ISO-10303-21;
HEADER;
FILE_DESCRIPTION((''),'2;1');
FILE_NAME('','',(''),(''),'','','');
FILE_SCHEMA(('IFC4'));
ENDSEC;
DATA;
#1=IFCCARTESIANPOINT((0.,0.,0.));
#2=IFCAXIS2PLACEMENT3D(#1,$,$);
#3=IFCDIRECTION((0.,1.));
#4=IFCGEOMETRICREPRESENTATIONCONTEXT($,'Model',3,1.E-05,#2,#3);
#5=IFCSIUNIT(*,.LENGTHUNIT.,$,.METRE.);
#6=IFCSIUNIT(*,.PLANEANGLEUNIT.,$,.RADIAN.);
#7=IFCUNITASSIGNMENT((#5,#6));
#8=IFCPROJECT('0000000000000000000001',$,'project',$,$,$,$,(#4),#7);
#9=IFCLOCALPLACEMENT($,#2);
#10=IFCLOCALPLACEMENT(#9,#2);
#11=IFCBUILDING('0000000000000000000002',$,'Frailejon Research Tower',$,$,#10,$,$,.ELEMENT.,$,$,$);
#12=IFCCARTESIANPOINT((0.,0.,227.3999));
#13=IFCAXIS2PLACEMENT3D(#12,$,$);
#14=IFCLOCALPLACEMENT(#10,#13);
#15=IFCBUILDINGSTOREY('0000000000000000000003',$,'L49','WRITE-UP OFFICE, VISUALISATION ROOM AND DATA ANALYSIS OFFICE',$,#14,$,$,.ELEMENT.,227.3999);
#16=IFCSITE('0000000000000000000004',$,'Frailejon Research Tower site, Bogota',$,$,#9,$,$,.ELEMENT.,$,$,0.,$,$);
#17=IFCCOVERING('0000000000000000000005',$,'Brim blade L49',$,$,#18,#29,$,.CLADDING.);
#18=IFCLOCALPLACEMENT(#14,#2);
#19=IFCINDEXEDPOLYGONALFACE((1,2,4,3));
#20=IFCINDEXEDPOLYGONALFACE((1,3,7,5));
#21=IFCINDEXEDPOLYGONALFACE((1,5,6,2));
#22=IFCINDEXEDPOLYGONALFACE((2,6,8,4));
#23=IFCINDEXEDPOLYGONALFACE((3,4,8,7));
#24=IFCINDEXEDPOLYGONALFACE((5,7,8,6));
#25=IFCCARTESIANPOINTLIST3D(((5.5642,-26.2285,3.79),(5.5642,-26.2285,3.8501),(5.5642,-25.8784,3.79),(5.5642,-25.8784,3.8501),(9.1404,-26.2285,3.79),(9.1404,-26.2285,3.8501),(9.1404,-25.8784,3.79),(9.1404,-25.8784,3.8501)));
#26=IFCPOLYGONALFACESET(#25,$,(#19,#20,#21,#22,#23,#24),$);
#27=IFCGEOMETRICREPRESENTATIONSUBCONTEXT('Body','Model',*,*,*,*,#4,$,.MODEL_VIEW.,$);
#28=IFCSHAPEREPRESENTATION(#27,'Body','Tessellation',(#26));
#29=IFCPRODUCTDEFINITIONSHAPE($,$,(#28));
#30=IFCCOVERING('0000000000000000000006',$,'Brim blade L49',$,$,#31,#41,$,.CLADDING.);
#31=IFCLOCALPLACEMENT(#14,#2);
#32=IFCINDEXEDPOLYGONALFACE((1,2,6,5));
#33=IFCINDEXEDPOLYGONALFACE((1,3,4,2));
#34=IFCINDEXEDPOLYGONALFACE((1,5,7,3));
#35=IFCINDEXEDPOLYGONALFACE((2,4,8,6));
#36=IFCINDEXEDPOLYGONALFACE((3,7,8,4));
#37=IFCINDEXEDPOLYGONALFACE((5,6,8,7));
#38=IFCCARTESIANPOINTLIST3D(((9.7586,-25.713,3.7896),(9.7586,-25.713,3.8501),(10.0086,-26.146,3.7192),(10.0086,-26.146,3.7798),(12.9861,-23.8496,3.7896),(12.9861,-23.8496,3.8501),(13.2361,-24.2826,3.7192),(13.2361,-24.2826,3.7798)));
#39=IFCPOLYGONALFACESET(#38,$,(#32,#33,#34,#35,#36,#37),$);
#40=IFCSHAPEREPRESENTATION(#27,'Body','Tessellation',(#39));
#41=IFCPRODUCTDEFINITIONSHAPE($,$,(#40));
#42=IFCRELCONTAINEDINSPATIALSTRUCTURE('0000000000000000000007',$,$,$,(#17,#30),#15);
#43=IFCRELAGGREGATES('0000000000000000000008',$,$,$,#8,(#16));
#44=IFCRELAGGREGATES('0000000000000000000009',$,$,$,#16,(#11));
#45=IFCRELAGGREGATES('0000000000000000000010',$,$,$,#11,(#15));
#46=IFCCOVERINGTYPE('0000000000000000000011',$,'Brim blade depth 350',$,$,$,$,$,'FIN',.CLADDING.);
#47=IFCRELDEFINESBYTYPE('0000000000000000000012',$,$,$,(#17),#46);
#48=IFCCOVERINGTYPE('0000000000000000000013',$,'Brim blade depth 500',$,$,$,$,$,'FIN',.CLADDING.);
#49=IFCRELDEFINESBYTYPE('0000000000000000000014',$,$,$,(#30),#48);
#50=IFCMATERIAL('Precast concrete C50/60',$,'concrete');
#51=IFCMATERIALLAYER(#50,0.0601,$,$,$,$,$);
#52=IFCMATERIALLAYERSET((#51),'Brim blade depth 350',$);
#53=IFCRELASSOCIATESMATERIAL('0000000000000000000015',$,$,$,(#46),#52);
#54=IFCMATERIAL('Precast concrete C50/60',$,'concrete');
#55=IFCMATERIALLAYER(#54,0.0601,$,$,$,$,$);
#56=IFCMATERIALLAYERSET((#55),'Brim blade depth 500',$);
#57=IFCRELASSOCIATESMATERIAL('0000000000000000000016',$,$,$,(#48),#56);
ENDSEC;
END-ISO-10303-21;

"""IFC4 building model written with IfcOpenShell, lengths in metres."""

from ifc_helpers import new_model, si_unit, direction, frame, origin, place, context, subcontext, project, spatial, polyline, outline, extrude, material, layer, layer_set, type_object, element, save


model = new_model("IFC4")

# Units and contexts
model_context = context("Model", 3, precision=1e-05, world=origin(), true_north=direction((0.0, 1.0)))
body_context = subcontext(model_context, "Body", "Model", "MODEL_VIEW")
ifc_project = project(units=[si_unit("LENGTHUNIT", "METRE"), si_unit("PLANEANGLEUNIT", "RADIAN")], contexts=[model_context])

# Site, building, storey
site_placement = place(None, origin())
site = spatial("IfcSite", under=ifc_project, at=site_placement, Name="Frailejon Research Tower site, Bogota", CompositionType="ELEMENT", RefElevation=0.0)
building_placement = place(site_placement, origin())
building = spatial("IfcBuilding", under=site, at=building_placement, Name="Frailejon Research Tower", CompositionType="ELEMENT")
storey_placement = place(building_placement, frame((0.0, 0.0, 227.3999)))
storey = spatial("IfcBuildingStorey", under=building, at=storey_placement, Name="L49", Description="WRITE-UP OFFICE, VISUALISATION ROOM AND DATA ANALYSIS OFFICE", CompositionType="ELEMENT", Elevation=227.3999)

# Coverings
ifc_material_1 = material(Name="Precast concrete C50/60", Category="concrete")
ifc_layer_1 = layer(ifc_material_1, 0.0601)
ifc_layer_set_1 = layer_set([ifc_layer_1], Name="Brim blade depth 350")
covering_type_1 = type_object("IfcCoveringType", Name="Brim blade depth 350", ElementType="FIN", PredefinedType="CLADDING", material=ifc_layer_set_1)
for number, where, z_axis, x_axis, name in (
    (1, (9.1404, -25.8784, 3.8501), (-1.0, 0.0, 0.0), (0.0, -1.0, 0.0), "Brim blade L49"),
):
    element("IfcCovering", number, at=place(storey_placement, frame(where, z_axis=z_axis, x_axis=x_axis)), inside=storey, type_object=covering_type_1, Name=name, PredefinedType="CLADDING", context=body_context, shape_type="SweptSolid", body=[
        extrude(outline(polyline([(0.0, -0.0601), (0.3501, -0.0601), (0.3501, 0.0), (0.0, 0.0), (0.0, -0.0601)])), origin(), (0.0, 0.0, 1.0), 3.5762),
    ])
ifc_material_2 = material(Name="Precast concrete C50/60", Category="concrete")
ifc_layer_2 = layer(ifc_material_2, 0.0601)
ifc_layer_set_2 = layer_set([ifc_layer_2], Name="Brim blade depth 500")
covering_type_2 = type_object("IfcCoveringType", Name="Brim blade depth 500", ElementType="FIN", PredefinedType="CLADDING", material=ifc_layer_set_2)
covering_placement = place(storey_placement, frame((12.9861, -23.8496, 3.8501), z_axis=(-0.86603, -0.499992, 0.0), x_axis=(0.499992, -0.86603, 0.0)))
element("IfcCovering", 2, at=covering_placement, inside=storey, type_object=covering_type_2, Name="Brim blade L49", PredefinedType="CLADDING", context=body_context, shape_type="SweptSolid", body=[
    extrude(outline(polyline([(0.0, -0.0605), (0.5, -0.1309), (0.5, -0.0703), (0.0, 0.0), (0.0, -0.0605)])), origin(), (0.0, 0.0, 1.0), 3.7268),
])

save(model, "model.ifc")
